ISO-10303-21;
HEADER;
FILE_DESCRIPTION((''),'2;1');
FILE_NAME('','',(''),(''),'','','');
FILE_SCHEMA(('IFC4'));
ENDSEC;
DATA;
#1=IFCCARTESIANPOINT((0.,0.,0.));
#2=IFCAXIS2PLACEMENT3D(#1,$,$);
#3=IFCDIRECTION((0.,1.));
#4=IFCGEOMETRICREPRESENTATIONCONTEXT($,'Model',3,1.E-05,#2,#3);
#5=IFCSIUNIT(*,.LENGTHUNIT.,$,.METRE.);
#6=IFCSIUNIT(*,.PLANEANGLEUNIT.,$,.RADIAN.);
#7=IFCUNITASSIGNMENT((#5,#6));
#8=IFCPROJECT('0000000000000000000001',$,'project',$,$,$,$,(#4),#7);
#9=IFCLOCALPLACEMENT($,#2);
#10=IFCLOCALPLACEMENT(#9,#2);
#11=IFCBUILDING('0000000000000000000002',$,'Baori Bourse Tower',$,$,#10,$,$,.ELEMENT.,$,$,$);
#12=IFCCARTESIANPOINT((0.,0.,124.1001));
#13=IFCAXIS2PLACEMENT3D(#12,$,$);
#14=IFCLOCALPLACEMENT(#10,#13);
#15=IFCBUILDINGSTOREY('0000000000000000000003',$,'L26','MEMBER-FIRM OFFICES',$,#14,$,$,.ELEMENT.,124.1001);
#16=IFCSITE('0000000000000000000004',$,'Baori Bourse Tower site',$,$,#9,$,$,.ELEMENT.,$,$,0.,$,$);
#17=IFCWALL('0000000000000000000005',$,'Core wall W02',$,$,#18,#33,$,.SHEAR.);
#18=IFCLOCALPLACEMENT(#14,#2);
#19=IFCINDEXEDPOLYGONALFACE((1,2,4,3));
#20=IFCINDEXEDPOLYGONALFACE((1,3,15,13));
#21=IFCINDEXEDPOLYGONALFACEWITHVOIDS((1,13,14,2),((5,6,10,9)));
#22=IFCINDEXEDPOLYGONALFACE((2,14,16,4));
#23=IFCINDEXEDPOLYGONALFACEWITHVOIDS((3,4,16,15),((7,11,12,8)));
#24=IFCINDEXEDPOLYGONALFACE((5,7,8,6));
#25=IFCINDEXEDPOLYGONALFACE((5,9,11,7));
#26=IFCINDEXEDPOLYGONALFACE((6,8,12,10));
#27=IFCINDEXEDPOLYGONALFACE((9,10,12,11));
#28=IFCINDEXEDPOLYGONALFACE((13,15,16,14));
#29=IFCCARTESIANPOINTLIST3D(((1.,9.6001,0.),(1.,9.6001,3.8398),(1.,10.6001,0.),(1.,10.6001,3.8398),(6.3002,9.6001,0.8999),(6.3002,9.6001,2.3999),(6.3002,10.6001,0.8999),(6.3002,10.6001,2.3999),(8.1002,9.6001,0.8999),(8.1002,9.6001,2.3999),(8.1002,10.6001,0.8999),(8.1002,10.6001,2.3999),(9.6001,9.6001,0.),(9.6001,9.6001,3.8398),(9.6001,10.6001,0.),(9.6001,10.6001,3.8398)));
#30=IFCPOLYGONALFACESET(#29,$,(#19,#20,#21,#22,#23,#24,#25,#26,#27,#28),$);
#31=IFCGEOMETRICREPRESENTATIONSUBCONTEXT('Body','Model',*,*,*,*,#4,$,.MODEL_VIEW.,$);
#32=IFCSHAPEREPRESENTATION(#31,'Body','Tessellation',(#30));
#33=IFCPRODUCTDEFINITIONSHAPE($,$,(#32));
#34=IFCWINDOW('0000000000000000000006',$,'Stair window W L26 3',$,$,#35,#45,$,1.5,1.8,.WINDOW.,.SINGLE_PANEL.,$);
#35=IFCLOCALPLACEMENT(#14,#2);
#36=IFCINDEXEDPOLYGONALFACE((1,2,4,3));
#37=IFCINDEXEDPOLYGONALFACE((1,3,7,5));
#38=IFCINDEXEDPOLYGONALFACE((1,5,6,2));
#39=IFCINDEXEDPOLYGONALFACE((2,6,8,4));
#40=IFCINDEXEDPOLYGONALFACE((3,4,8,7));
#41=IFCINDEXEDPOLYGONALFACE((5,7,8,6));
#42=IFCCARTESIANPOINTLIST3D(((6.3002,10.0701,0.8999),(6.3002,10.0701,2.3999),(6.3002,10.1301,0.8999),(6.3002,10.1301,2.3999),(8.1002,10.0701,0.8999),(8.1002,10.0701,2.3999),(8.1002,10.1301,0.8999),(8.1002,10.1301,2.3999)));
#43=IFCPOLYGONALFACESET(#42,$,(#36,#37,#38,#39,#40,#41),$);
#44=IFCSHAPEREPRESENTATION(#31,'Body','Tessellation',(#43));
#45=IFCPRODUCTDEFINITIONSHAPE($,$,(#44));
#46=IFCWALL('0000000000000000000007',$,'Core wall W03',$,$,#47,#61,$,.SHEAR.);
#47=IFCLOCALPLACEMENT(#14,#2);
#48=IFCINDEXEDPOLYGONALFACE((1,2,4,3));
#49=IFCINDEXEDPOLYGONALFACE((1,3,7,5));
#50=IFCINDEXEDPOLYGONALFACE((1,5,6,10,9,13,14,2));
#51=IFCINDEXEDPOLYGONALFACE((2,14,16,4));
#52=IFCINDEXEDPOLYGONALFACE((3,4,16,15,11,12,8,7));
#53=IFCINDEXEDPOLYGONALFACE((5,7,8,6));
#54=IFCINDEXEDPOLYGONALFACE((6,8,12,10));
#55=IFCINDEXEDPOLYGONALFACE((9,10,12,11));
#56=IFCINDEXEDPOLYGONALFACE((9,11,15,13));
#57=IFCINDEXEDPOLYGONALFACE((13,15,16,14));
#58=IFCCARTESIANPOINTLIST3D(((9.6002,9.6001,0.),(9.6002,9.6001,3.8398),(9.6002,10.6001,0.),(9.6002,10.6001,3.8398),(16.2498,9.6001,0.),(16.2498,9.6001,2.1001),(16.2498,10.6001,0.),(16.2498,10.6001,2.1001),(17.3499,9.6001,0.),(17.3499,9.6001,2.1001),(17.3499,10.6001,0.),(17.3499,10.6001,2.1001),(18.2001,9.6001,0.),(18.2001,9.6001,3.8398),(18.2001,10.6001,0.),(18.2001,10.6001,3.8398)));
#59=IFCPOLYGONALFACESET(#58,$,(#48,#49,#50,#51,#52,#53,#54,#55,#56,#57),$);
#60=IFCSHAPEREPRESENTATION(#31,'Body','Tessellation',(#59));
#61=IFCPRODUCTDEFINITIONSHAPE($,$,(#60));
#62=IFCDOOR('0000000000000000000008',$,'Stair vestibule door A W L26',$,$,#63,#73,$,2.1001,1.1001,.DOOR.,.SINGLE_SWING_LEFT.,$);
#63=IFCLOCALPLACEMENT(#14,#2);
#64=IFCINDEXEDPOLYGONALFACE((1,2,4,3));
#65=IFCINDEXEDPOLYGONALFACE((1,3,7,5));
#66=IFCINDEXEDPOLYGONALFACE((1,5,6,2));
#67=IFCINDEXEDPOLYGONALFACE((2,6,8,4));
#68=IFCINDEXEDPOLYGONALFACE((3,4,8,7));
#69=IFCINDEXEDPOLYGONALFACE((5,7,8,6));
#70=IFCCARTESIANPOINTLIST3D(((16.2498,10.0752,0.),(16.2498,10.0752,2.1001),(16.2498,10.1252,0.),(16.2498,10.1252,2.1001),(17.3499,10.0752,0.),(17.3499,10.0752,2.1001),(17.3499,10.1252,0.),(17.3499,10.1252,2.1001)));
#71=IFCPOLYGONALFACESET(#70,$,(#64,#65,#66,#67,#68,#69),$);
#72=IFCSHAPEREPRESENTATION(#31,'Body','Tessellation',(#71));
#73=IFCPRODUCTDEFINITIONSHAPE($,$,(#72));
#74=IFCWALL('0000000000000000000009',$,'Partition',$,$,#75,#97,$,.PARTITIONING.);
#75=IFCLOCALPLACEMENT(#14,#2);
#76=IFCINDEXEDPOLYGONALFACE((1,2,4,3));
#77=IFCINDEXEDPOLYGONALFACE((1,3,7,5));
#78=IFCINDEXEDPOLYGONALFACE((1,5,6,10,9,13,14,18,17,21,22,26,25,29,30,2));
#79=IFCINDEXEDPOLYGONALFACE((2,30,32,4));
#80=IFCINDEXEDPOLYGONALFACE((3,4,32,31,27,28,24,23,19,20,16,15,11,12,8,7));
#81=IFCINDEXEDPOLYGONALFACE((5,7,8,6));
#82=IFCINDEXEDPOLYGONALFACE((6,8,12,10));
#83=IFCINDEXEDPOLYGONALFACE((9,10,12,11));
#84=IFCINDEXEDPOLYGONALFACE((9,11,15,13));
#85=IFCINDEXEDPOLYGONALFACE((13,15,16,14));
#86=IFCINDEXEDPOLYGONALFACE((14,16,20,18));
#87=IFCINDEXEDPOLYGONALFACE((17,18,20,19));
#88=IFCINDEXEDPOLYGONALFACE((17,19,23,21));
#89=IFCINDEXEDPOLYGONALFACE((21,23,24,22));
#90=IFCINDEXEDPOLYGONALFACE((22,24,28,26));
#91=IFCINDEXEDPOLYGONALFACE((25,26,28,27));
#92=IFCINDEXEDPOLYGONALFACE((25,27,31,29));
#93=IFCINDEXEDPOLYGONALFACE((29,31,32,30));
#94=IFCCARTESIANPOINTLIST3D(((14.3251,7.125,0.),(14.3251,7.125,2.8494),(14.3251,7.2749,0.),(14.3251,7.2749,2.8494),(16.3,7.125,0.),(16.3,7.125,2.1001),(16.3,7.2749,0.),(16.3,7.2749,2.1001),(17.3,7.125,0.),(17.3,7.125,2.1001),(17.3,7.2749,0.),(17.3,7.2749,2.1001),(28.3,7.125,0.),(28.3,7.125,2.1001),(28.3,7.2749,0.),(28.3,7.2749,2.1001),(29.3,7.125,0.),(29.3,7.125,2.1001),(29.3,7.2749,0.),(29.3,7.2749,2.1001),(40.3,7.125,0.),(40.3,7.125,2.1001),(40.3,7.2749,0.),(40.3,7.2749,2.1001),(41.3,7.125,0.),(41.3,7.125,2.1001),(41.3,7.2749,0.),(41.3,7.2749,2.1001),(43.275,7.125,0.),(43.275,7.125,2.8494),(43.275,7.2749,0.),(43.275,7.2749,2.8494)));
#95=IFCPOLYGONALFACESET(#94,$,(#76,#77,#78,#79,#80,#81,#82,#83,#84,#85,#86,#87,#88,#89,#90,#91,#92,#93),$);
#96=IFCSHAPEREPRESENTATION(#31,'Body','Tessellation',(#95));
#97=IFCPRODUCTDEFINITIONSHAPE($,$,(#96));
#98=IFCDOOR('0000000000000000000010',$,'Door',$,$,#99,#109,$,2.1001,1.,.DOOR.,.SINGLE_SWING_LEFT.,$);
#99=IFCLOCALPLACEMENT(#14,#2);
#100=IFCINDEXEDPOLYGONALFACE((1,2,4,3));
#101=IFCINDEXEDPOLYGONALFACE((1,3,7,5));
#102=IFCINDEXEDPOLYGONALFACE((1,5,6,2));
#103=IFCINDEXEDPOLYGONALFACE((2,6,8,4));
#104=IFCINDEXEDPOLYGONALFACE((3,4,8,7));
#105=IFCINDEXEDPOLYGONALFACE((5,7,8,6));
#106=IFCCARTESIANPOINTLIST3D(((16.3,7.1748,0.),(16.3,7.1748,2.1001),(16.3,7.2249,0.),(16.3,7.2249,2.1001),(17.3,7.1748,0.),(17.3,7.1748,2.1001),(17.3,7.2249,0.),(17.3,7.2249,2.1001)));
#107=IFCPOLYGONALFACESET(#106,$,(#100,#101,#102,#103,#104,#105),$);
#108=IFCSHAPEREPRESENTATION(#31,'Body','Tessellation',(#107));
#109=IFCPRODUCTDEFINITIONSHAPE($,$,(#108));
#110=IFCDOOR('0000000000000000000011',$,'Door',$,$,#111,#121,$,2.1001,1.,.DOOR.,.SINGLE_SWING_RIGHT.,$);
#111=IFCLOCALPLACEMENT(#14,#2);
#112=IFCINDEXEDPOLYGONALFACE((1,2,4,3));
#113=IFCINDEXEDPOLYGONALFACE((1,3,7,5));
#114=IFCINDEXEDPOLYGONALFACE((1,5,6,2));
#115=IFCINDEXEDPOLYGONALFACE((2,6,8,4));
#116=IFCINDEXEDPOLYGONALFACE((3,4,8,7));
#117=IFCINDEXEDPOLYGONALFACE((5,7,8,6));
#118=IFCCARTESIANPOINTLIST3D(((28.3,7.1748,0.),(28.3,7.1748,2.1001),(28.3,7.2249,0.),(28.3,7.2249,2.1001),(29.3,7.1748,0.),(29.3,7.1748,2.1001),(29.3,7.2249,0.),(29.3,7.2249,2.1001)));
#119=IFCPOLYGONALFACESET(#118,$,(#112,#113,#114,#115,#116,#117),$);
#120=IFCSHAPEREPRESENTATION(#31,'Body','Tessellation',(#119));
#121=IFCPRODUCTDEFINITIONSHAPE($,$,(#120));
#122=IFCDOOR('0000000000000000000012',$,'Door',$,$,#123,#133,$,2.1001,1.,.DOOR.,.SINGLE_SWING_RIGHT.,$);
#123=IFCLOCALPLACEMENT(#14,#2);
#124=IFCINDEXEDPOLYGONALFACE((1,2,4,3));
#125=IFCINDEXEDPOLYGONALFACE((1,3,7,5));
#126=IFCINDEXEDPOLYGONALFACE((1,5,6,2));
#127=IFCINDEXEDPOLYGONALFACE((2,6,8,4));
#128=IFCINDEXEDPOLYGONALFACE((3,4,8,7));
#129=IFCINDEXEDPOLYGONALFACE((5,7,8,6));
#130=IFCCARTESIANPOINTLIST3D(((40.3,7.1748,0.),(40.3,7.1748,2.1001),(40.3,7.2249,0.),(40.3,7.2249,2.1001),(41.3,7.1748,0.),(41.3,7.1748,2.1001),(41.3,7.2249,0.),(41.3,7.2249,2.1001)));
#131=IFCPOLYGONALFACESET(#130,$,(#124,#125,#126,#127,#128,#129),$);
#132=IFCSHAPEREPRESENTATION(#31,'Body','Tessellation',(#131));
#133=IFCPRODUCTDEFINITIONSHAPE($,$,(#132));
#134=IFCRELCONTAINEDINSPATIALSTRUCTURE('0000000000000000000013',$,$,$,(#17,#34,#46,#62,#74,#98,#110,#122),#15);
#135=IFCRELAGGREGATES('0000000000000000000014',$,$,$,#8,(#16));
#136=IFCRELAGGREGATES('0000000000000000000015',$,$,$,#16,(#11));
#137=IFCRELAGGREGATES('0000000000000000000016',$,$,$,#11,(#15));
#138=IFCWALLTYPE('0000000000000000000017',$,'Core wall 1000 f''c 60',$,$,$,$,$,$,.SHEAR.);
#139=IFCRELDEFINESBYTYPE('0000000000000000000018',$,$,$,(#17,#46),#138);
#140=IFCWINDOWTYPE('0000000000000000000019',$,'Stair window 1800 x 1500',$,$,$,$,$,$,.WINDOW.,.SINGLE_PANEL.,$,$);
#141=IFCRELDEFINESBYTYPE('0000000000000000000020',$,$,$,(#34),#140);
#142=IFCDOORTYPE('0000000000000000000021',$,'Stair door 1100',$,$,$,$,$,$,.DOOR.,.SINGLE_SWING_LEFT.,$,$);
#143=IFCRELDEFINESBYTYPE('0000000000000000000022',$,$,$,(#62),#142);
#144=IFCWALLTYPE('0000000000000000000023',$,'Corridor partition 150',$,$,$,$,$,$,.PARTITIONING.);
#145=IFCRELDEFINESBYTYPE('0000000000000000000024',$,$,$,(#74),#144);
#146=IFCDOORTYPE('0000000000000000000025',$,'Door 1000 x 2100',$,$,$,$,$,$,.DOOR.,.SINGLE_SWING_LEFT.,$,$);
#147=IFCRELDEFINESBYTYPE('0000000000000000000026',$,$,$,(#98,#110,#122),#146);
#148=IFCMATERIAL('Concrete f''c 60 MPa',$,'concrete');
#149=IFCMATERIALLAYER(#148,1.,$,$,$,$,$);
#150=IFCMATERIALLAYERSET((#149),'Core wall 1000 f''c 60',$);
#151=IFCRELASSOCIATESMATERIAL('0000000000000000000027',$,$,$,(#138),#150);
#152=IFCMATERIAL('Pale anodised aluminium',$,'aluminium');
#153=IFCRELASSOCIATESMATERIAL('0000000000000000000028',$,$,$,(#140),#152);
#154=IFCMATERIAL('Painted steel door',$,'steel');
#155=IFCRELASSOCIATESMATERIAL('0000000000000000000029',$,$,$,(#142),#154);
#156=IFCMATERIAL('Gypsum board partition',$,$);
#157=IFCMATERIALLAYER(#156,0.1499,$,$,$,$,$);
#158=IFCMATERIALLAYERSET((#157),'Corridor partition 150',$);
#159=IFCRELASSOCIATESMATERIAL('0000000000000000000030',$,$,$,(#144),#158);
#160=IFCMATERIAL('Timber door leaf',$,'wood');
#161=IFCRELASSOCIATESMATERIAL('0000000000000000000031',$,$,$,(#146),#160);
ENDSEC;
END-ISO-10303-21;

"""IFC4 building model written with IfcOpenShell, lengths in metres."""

from ifc_helpers import new_model, si_unit, direction, frame, frame_2d, origin, place, context, subcontext, project, spatial, rectangle, extrude, material, layer, layer_set, type_object, element, fill, save


model = new_model("IFC4")

# Units and contexts
model_context = context("Model", 3, precision=1e-05, world=origin(), true_north=direction((0.0, 1.0)))
body_context = subcontext(model_context, "Body", "Model", "MODEL_VIEW")
ifc_project = project(units=[si_unit("LENGTHUNIT", "METRE"), si_unit("PLANEANGLEUNIT", "RADIAN")], contexts=[model_context])

# Site, building, storey
site_placement = place(None, origin())
site = spatial("IfcSite", under=ifc_project, at=site_placement, Name="Baori Bourse Tower site", CompositionType="ELEMENT", RefElevation=0.0)
building_placement = place(site_placement, origin())
building = spatial("IfcBuilding", under=site, at=building_placement, Name="Baori Bourse Tower", CompositionType="ELEMENT")
storey_placement = place(building_placement, frame((0.0, 0.0, 124.1001)))
storey = spatial("IfcBuildingStorey", under=building, at=storey_placement, Name="L26", Description="MEMBER-FIRM OFFICES", CompositionType="ELEMENT", Elevation=124.1001)

# Wall, opening, window
ifc_material_1 = material(Name="Concrete f'c 60 MPa", Category="concrete")
ifc_layer_1 = layer(ifc_material_1, 1.0)
ifc_layer_set_1 = layer_set([ifc_layer_1], Name="Core wall 1000 f'c 60")
wall_type_1 = type_object("IfcWallType", Name="Core wall 1000 f'c 60", PredefinedType="SHEAR", material=ifc_layer_set_1)
wall_1_placement = place(storey_placement, frame((9.6001, 10.1001, 0.0), z_axis=(0.0, 0.0, 1.0), x_axis=(-1.0, 0.0, 0.0)))
wall_1 = element("IfcWall", 1, at=wall_1_placement, inside=storey, type_object=wall_type_1, Name="Core wall W02", PredefinedType="SHEAR", context=body_context, shape_type="SweptSolid", body=[
    extrude(rectangle(XDim=8.6001, YDim=1.0, at=frame_2d((4.3, 0.0))), origin(), (0.0, 0.0, 1.0), 3.8398),
])
opening_1_placement = place(wall_1_placement, frame((1.5, 0.0, 0.8999)))
opening_1 = element("IfcOpeningElement", 2, at=opening_1_placement, cuts=wall_1, PredefinedType="OPENING", context=body_context, shape_type="SweptSolid", body=[
    extrude(rectangle(XDim=1.8, YDim=1.5, at=frame_2d((0.8999, 0.75))), frame((0.0, 0.51, 0.0), z_axis=(0.0, -1.0, 0.0), x_axis=(1.0, 0.0, 0.0)), (0.0, 0.0, 1.0), 1.02),
])
ifc_material_2 = material(Name="Pale anodised aluminium", Category="aluminium")
window_type = type_object("IfcWindowType", Name="Stair window 1800 x 1500", PartitioningType="SINGLE_PANEL", PredefinedType="WINDOW", material=ifc_material_2)
window_placement = place(opening_1_placement, origin())
window = element("IfcWindow", 3, at=window_placement, inside=storey, type_object=window_type, Name="Stair window W L26 3", OverallHeight=1.5, OverallWidth=1.8, PartitioningType="SINGLE_PANEL", PredefinedType="WINDOW", context=body_context, shape_type="SweptSolid", body=[
    extrude(rectangle(XDim=1.8, YDim=1.5, at=frame_2d((0.8999, 0.75))), frame((0.0, 0.03, 0.0), z_axis=(0.0, -1.0, 0.0), x_axis=(1.0, 0.0, 0.0)), (0.0, 0.0, 1.0), 0.0601),
])
fill(opening_1, window)

# Wall, opening, door
wall_2_placement = place(storey_placement, frame((18.2, 10.1001, 0.0), z_axis=(0.0, 0.0, 1.0), x_axis=(-1.0, 0.0, 0.0)))
wall_2 = element("IfcWall", 4, at=wall_2_placement, inside=storey, type_object=wall_type_1, Name="Core wall W03", PredefinedType="SHEAR", context=body_context, shape_type="SweptSolid", body=[
    extrude(rectangle(XDim=8.5999, YDim=1.0, at=frame_2d((4.2998, 0.0))), origin(), (0.0, 0.0, 1.0), 3.8398),
])
opening_2_placement = place(wall_2_placement, frame((0.8501, 0.0, 0.0)))
opening_2 = element("IfcOpeningElement", 5, at=opening_2_placement, cuts=wall_2, PredefinedType="OPENING", context=body_context, shape_type="SweptSolid", body=[
    extrude(rectangle(XDim=1.1001, YDim=2.1001, at=frame_2d((0.55, 1.05))), frame((0.0, 0.51, 0.0), z_axis=(0.0, -1.0, 0.0), x_axis=(1.0, 0.0, 0.0)), (0.0, 0.0, 1.0), 1.02),
])
ifc_material_3 = material(Name="Painted steel door", Category="steel")
door_type_1 = type_object("IfcDoorType", Name="Stair door 1100", OperationType="SINGLE_SWING_LEFT", PredefinedType="DOOR", material=ifc_material_3)
door_1_placement = place(opening_2_placement, origin())
door_1 = element("IfcDoor", 6, at=door_1_placement, inside=storey, type_object=door_type_1, Name="Stair vestibule door A W L26", OperationType="SINGLE_SWING_LEFT", OverallHeight=2.1001, OverallWidth=1.1001, PredefinedType="DOOR", context=body_context, shape_type="SweptSolid", body=[
    extrude(rectangle(XDim=1.1001, YDim=2.1001, at=frame_2d((0.55, 1.05))), frame((0.0, 0.0249, 0.0), z_axis=(0.0, -1.0, 0.0), x_axis=(1.0, 0.0, 0.0)), (0.0, 0.0, 1.0), 0.05),
])
fill(opening_2, door_1)

# Wall, openings, doors
ifc_material_4 = material(Name="Gypsum board partition")
ifc_layer_2 = layer(ifc_material_4, 0.1499)
ifc_layer_set_2 = layer_set([ifc_layer_2], Name="Corridor partition 150")
wall_type_2 = type_object("IfcWallType", Name="Corridor partition 150", PredefinedType="PARTITIONING", material=ifc_layer_set_2)
wall_3_placement = place(storey_placement, frame((14.325, 7.2, 0.0), z_axis=(0.0, 0.0, 1.0), x_axis=(1.0, 0.0, 0.0)))
wall_3 = element("IfcWall", 7, at=wall_3_placement, inside=storey, type_object=wall_type_2, Name="Partition", PredefinedType="PARTITIONING", context=body_context, shape_type="SweptSolid", body=[
    extrude(rectangle(XDim=28.95, YDim=0.1499, at=frame_2d((14.4751, 0.0))), origin(), (0.0, 0.0, 1.0), 2.8494),
])
opening_3_placement = place(wall_3_placement, frame((1.9751, 0.0, 0.0)))
opening_3 = element("IfcOpeningElement", 8, at=opening_3_placement, cuts=wall_3, PredefinedType="OPENING", context=body_context, shape_type="SweptSolid", body=[
    extrude(rectangle(XDim=1.0, YDim=2.1001, at=frame_2d((0.5, 1.05))), frame((0.0, 0.085, 0.0), z_axis=(0.0, -1.0, 0.0), x_axis=(1.0, 0.0, 0.0)), (0.0, 0.0, 1.0), 0.1699),
])
opening_4_placement = place(wall_3_placement, frame((13.9751, 0.0, 0.0)))
opening_4 = element("IfcOpeningElement", 9, at=opening_4_placement, cuts=wall_3, PredefinedType="OPENING", context=body_context, shape_type="SweptSolid", body=[
    extrude(rectangle(XDim=1.0, YDim=2.1001, at=frame_2d((0.5, 1.05))), frame((0.0, 0.085, 0.0), z_axis=(0.0, -1.0, 0.0), x_axis=(1.0, 0.0, 0.0)), (0.0, 0.0, 1.0), 0.1699),
])
opening_5_placement = place(wall_3_placement, frame((25.9751, 0.0, 0.0)))
opening_5 = element("IfcOpeningElement", 10, at=opening_5_placement, cuts=wall_3, PredefinedType="OPENING", context=body_context, shape_type="SweptSolid", body=[
    extrude(rectangle(XDim=1.0, YDim=2.1001, at=frame_2d((0.5, 1.05))), frame((0.0, 0.085, 0.0), z_axis=(0.0, -1.0, 0.0), x_axis=(1.0, 0.0, 0.0)), (0.0, 0.0, 1.0), 0.1699),
])
ifc_material_5 = material(Name="Timber door leaf", Category="wood")
door_type_2 = type_object("IfcDoorType", Name="Door 1000 x 2100", OperationType="SINGLE_SWING_LEFT", PredefinedType="DOOR", material=ifc_material_5)
door_2_placement = place(opening_3_placement, origin())
door_2 = element("IfcDoor", 11, at=door_2_placement, inside=storey, type_object=door_type_2, Name="Door", OperationType="SINGLE_SWING_LEFT", OverallHeight=2.1001, OverallWidth=1.0, PredefinedType="DOOR", context=body_context, shape_type="SweptSolid", body=[
    extrude(rectangle(XDim=1.0, YDim=2.1001, at=frame_2d((0.5, 1.05))), frame((0.0, 0.0249, 0.0), z_axis=(0.0, -1.0, 0.0), x_axis=(1.0, 0.0, 0.0)), (0.0, 0.0, 1.0), 0.05),
])
fill(opening_3, door_2)
door_3_placement = place(opening_4_placement, origin())
door_3 = element("IfcDoor", 12, at=door_3_placement, inside=storey, type_object=door_type_2, Name="Door", OperationType="SINGLE_SWING_RIGHT", OverallHeight=2.1001, OverallWidth=1.0, PredefinedType="DOOR", context=body_context, shape_type="SweptSolid", body=[
    extrude(rectangle(XDim=1.0, YDim=2.1001, at=frame_2d((0.5, 1.05))), frame((0.0, 0.0249, 0.0), z_axis=(0.0, -1.0, 0.0), x_axis=(1.0, 0.0, 0.0)), (0.0, 0.0, 1.0), 0.05),
])
fill(opening_4, door_3)
door_4_placement = place(opening_5_placement, origin())
door_4 = element("IfcDoor", 13, at=door_4_placement, inside=storey, type_object=door_type_2, Name="Door", OperationType="SINGLE_SWING_RIGHT", OverallHeight=2.1001, OverallWidth=1.0, PredefinedType="DOOR", context=body_context, shape_type="SweptSolid", body=[
    extrude(rectangle(XDim=1.0, YDim=2.1001, at=frame_2d((0.5, 1.05))), frame((0.0, 0.0249, 0.0), z_axis=(0.0, -1.0, 0.0), x_axis=(1.0, 0.0, 0.0)), (0.0, 0.0, 1.0), 0.05),
])
fill(opening_5, door_4)

save(model, "model.ifc")
